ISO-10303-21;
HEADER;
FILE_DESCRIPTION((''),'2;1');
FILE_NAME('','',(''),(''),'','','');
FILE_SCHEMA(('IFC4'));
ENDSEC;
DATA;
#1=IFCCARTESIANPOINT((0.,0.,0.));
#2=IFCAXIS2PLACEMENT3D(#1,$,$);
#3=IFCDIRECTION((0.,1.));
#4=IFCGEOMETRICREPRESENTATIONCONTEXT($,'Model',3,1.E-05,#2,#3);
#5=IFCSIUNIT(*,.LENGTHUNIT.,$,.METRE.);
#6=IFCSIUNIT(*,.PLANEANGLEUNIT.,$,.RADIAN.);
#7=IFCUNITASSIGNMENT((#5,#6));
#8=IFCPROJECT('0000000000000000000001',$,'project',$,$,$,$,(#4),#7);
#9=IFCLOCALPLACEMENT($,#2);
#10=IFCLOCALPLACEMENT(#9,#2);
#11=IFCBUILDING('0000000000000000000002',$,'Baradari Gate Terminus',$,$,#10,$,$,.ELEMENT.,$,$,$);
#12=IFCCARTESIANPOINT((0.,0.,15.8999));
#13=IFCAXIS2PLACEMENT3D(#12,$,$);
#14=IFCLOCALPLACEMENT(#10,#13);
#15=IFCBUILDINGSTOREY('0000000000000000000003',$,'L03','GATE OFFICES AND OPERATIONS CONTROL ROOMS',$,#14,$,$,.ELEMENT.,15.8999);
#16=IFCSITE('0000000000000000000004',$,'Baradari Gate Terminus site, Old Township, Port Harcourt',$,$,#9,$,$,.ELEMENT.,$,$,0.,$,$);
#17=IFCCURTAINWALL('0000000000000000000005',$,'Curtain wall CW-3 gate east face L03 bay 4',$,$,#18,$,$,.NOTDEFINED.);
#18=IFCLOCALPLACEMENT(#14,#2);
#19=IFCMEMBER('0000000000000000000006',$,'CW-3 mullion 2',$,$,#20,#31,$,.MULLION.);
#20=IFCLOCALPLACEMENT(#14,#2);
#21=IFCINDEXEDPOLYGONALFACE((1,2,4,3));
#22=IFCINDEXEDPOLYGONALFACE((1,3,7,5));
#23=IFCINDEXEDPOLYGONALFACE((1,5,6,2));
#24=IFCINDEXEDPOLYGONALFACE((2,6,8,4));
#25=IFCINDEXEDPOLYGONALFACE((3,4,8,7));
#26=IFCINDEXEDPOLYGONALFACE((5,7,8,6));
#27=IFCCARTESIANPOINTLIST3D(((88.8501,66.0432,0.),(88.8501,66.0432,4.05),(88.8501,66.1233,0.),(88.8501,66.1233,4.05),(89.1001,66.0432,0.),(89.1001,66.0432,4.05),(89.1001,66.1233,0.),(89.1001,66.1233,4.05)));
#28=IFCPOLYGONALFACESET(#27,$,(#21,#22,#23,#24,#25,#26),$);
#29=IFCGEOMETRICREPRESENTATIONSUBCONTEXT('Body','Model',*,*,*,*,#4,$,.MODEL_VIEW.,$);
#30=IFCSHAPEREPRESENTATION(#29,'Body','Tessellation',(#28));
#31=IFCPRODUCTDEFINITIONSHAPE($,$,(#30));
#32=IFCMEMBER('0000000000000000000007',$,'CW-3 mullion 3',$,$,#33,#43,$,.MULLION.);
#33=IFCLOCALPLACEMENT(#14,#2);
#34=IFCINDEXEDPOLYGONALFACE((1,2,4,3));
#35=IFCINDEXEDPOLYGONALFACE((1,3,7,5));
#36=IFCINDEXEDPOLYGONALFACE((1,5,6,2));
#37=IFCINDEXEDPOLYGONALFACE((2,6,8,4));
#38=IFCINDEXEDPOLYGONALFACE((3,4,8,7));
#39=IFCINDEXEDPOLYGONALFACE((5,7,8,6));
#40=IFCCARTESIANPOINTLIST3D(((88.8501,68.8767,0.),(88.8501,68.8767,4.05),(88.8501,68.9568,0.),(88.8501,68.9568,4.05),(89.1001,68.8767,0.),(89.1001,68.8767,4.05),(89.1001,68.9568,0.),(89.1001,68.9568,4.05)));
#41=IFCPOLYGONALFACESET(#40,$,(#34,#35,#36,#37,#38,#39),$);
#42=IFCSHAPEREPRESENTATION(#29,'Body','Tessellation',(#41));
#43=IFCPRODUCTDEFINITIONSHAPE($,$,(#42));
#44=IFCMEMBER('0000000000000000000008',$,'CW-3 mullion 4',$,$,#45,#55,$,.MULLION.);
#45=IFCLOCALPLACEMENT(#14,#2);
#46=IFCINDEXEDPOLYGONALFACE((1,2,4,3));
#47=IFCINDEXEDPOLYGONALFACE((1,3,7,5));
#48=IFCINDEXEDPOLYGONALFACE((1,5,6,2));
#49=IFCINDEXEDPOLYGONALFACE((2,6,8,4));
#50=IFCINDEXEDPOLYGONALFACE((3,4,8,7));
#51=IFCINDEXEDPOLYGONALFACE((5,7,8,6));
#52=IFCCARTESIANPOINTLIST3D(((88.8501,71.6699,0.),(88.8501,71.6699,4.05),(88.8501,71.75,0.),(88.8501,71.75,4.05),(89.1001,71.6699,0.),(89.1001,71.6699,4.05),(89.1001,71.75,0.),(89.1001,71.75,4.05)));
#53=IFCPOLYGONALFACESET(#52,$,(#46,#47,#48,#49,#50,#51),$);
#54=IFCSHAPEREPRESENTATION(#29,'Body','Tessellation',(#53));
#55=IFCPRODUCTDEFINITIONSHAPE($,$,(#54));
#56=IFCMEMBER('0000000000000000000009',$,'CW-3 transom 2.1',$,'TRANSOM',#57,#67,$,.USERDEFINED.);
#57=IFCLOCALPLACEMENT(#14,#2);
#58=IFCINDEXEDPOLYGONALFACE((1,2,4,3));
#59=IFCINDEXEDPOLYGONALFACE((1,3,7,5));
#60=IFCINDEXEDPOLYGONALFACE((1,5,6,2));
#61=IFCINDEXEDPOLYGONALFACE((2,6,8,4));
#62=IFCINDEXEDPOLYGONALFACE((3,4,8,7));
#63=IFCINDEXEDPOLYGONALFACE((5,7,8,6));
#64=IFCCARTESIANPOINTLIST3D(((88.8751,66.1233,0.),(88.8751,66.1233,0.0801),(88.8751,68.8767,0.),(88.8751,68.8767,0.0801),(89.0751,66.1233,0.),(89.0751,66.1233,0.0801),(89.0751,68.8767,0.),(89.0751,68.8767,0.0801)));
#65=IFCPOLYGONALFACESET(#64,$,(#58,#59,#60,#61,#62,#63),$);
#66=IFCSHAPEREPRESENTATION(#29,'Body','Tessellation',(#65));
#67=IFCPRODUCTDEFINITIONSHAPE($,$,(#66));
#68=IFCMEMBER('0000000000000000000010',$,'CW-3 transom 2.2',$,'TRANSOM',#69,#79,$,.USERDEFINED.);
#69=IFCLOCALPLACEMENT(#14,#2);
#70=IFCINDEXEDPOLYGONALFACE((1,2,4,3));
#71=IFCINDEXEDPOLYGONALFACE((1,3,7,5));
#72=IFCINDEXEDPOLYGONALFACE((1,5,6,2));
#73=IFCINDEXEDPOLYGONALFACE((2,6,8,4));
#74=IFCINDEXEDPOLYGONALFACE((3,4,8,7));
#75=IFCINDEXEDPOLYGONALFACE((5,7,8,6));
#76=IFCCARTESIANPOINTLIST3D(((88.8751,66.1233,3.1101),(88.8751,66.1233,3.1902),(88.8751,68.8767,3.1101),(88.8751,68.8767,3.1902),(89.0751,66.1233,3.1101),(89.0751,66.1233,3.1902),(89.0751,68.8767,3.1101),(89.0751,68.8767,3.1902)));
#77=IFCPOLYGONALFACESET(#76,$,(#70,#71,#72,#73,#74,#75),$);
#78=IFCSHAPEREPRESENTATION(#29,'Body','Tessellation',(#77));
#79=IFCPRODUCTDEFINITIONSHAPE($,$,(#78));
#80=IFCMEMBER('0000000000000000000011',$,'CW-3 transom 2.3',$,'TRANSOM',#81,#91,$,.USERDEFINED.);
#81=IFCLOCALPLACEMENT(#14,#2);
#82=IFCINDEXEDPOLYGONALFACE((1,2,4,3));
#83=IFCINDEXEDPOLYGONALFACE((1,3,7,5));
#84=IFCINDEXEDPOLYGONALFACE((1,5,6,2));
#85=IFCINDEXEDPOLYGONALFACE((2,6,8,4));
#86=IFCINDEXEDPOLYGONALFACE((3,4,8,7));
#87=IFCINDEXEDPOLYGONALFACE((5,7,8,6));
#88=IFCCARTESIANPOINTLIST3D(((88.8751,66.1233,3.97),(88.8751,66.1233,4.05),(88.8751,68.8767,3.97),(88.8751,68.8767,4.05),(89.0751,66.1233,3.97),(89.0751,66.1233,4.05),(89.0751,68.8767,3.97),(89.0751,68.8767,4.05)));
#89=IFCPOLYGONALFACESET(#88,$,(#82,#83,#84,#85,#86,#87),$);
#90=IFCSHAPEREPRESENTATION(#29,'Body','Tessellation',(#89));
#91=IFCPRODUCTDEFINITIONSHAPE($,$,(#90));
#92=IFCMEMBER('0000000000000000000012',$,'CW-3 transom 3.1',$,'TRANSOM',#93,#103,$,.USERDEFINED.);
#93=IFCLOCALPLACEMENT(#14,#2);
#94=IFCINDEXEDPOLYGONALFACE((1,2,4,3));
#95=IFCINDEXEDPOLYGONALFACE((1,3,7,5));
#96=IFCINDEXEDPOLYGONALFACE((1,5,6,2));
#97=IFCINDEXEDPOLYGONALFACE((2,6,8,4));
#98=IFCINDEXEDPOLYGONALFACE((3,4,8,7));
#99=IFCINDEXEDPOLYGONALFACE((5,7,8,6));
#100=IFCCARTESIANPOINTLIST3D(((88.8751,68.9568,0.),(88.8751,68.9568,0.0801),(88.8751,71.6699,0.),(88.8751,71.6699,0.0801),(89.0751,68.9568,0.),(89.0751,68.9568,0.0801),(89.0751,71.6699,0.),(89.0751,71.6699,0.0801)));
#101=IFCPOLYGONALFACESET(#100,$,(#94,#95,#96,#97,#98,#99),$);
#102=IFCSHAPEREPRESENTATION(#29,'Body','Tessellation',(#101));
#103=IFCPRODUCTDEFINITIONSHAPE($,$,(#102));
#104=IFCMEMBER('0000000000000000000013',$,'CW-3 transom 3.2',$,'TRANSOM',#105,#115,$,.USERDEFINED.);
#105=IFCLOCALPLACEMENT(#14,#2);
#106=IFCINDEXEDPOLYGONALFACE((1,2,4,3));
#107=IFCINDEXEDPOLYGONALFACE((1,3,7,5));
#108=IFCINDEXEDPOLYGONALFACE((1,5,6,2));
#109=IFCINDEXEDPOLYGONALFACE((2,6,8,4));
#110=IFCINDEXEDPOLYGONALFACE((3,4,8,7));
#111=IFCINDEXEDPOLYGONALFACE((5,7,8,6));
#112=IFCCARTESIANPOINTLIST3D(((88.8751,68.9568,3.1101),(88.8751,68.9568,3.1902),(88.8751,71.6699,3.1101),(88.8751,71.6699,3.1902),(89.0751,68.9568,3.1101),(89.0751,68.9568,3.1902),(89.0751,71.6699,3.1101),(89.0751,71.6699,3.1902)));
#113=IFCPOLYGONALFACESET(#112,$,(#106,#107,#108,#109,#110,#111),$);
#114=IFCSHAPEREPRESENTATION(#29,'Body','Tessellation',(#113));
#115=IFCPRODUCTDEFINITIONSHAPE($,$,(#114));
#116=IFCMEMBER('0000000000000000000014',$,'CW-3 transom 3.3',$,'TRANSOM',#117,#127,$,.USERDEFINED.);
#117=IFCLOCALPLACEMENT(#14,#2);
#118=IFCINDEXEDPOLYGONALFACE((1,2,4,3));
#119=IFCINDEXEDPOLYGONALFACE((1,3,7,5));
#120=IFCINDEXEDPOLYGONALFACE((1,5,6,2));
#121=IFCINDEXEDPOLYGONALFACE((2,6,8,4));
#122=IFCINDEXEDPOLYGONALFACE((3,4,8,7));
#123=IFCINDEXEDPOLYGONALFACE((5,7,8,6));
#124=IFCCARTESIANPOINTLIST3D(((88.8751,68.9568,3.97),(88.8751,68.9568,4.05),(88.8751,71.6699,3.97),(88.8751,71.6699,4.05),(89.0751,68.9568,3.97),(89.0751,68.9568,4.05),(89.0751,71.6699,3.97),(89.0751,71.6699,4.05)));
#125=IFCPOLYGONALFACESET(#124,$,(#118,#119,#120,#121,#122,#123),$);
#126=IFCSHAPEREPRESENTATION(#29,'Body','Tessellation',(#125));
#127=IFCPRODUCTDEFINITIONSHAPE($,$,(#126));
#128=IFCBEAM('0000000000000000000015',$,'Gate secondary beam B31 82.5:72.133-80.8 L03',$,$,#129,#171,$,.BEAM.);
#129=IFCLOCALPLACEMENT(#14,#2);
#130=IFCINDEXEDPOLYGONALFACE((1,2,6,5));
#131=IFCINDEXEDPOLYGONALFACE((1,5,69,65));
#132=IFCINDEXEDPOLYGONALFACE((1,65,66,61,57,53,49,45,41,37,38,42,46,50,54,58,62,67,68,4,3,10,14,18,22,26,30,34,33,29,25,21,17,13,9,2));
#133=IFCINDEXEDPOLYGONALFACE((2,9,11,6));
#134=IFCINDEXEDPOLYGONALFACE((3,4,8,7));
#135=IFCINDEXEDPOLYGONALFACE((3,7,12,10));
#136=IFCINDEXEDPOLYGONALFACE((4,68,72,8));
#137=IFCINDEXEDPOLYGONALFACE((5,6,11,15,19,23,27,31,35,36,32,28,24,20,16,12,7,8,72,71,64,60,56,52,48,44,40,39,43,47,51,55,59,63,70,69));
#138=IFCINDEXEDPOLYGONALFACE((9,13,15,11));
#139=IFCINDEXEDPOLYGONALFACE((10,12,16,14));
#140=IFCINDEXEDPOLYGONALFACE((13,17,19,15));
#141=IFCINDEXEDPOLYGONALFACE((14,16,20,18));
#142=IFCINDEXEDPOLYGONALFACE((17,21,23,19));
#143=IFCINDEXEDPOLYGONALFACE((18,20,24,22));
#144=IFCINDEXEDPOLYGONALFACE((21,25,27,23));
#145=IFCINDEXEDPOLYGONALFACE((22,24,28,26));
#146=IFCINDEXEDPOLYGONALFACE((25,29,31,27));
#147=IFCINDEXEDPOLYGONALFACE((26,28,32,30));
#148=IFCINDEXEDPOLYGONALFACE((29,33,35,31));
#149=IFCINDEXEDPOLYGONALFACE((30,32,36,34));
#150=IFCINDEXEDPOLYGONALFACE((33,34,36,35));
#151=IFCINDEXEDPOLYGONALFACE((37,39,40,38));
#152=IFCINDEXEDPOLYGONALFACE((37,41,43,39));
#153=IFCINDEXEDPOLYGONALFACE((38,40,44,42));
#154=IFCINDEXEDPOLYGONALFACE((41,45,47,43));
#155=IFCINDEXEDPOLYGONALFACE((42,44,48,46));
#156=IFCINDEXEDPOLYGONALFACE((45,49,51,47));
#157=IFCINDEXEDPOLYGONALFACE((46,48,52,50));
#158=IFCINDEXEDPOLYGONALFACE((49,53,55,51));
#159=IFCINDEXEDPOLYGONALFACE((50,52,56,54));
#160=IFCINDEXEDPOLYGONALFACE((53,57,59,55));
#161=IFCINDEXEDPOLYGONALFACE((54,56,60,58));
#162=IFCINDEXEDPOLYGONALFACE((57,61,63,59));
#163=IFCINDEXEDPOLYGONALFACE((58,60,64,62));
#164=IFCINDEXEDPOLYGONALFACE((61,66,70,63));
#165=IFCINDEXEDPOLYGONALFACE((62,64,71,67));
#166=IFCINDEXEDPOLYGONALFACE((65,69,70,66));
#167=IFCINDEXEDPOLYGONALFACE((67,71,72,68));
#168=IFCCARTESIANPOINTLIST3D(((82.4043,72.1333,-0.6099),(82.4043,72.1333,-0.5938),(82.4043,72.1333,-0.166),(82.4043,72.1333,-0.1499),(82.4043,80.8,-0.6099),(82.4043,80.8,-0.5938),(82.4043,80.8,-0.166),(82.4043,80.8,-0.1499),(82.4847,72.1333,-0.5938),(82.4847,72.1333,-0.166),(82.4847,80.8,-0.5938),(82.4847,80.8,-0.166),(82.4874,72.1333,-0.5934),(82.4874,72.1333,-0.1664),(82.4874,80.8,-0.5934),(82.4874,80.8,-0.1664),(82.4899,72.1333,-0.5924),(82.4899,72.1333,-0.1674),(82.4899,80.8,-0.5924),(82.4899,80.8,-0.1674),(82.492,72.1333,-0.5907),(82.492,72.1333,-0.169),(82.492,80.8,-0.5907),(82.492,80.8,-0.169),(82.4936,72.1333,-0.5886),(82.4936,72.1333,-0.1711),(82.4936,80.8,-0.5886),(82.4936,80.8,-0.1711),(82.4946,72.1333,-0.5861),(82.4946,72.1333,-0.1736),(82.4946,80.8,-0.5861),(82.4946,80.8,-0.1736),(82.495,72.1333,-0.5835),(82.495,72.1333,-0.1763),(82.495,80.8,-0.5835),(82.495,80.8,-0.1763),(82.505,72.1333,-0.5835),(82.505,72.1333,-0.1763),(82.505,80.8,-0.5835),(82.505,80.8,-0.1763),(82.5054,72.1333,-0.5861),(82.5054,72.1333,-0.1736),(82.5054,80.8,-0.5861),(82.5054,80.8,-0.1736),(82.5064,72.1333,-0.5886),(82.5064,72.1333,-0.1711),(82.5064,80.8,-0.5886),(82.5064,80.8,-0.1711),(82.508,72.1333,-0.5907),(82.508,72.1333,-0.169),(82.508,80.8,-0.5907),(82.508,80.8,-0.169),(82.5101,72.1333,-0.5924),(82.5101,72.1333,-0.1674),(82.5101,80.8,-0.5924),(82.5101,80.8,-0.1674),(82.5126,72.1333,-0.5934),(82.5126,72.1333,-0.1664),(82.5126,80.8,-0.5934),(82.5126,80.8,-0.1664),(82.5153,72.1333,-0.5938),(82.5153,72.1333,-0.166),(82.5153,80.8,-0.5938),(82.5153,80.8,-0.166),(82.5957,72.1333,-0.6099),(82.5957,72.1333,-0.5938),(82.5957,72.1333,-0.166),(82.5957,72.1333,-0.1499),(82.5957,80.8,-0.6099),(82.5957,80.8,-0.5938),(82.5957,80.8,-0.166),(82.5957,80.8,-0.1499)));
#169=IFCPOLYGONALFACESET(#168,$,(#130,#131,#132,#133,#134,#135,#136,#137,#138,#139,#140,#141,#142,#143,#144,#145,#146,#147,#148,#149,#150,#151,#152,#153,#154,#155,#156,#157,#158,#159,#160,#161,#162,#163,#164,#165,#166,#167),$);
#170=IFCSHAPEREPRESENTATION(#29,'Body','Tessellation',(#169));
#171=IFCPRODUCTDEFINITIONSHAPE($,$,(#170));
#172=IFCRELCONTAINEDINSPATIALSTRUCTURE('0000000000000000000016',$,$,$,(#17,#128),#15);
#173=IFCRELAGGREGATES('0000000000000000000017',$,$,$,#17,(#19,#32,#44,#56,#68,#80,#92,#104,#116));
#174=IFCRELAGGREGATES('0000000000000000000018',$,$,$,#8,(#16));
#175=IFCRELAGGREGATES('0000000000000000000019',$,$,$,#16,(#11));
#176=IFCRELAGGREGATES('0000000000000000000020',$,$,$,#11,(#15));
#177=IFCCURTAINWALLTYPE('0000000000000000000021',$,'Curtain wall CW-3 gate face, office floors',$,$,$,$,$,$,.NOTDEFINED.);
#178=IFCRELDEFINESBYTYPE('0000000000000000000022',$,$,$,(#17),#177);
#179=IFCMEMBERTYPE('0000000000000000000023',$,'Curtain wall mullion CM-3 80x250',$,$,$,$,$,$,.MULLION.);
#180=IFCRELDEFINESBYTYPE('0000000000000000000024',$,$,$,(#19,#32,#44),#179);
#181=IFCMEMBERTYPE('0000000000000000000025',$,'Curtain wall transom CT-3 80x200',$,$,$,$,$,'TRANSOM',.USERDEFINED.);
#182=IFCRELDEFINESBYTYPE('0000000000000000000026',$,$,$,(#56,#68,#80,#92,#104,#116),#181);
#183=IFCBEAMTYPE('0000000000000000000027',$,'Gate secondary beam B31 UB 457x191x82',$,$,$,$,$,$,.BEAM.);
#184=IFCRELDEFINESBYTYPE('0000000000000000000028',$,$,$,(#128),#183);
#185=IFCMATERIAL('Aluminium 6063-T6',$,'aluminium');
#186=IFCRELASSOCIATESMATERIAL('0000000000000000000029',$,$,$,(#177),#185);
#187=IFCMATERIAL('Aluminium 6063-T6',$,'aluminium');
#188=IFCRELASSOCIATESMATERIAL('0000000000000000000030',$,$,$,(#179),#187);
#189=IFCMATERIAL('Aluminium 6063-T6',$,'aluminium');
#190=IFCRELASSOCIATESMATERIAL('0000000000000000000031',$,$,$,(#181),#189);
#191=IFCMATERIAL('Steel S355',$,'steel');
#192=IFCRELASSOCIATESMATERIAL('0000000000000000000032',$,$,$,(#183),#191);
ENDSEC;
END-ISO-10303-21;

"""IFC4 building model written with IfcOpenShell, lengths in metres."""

from ifc_helpers import new_model, si_unit, direction, frame, origin, origin_2d, place, context, subcontext, project, spatial, rectangle, i_section, extrude, material, material_profile, profile_set, type_object, element, aggregate, save


model = new_model("IFC4")

# Units and contexts
model_context = context("Model", 3, precision=1e-05, world=origin(), true_north=direction((0.0, 1.0)))
body_context = subcontext(model_context, "Body", "Model", "MODEL_VIEW")
ifc_project = project(units=[si_unit("LENGTHUNIT", "METRE"), si_unit("PLANEANGLEUNIT", "RADIAN")], contexts=[model_context])

# Site, building, storey
site_placement = place(None, origin())
site = spatial("IfcSite", under=ifc_project, at=site_placement, Name="Baradari Gate Terminus site, Old Township, Port Harcourt", CompositionType="ELEMENT", RefElevation=0.0)
building_placement = place(site_placement, origin())
building = spatial("IfcBuilding", under=site, at=building_placement, Name="Baradari Gate Terminus", CompositionType="ELEMENT")
storey_placement = place(building_placement, frame((0.0, 0.0, 15.8999)))
storey = spatial("IfcBuildingStorey", under=building, at=storey_placement, Name="L03", Description="GATE OFFICES AND OPERATIONS CONTROL ROOMS", CompositionType="ELEMENT", Elevation=15.8999)

# Curtain wall, members
ifc_material_1 = material(Name="Aluminium 6063-T6", Category="aluminium")
curtain_wall_type = type_object("IfcCurtainWallType", Name="Curtain wall CW-3 gate face, office floors", PredefinedType="NOTDEFINED", material=ifc_material_1)
curtain_wall_placement = place(storey_placement, origin())
curtain_wall = element("IfcCurtainWall", 1, at=curtain_wall_placement, inside=storey, type_object=curtain_wall_type, Name="Curtain wall CW-3 gate east face L03 bay 4", PredefinedType="NOTDEFINED")
ifc_material_2 = material(Name="Aluminium 6063-T6", Category="aluminium")
ifc_material_profile_1 = material_profile(ifc_material_2, rectangle(XDim=0.25, YDim=0.0801, at=origin_2d()), Name="CM-3 80X250")
ifc_profile_set_1 = profile_set([ifc_material_profile_1], Name="Aluminium 6063-T6")
member_type_1 = type_object("IfcMemberType", Name="Curtain wall mullion CM-3 80x250", PredefinedType="MULLION", material=ifc_profile_set_1)
member_1_placement = place(storey_placement, frame((88.9751, 66.0833, 0.0), z_axis=(0.0, 0.0, 1.0), x_axis=(-1.0, 0.0, 0.0)))
member_1 = element("IfcMember", 2, at=member_1_placement, type_object=member_type_1, Name="CW-3 mullion 2", PredefinedType="MULLION", context=body_context, shape_type="SweptSolid", body=[
    extrude(rectangle(XDim=0.25, YDim=0.0801, at=origin_2d()), origin(), (0.0, 0.0, 1.0), 4.05),
])
member_2_placement = place(storey_placement, frame((88.9751, 68.9167, 0.0), z_axis=(0.0, 0.0, 1.0), x_axis=(-1.0, 0.0, 0.0)))
member_2 = element("IfcMember", 3, at=member_2_placement, type_object=member_type_1, Name="CW-3 mullion 3", PredefinedType="MULLION", context=body_context, shape_type="SweptSolid", body=[
    extrude(rectangle(XDim=0.25, YDim=0.0801, at=origin_2d()), origin(), (0.0, 0.0, 1.0), 4.05),
])
member_3_placement = place(storey_placement, frame((88.9751, 71.71, 0.0), z_axis=(0.0, 0.0, 1.0), x_axis=(-1.0, 0.0, 0.0)))
member_3 = element("IfcMember", 4, at=member_3_placement, type_object=member_type_1, Name="CW-3 mullion 4", PredefinedType="MULLION", context=body_context, shape_type="SweptSolid", body=[
    extrude(rectangle(XDim=0.25, YDim=0.0801, at=origin_2d()), origin(), (0.0, 0.0, 1.0), 4.05),
])
ifc_material_3 = material(Name="Aluminium 6063-T6", Category="aluminium")
ifc_material_profile_2 = material_profile(ifc_material_3, rectangle(XDim=0.2, YDim=0.0801, at=origin_2d()), Name="CT-3 80X200")
ifc_profile_set_2 = profile_set([ifc_material_profile_2], Name="Aluminium 6063-T6")
member_type_2 = type_object("IfcMemberType", Name="Curtain wall transom CT-3 80x200", ElementType="TRANSOM", PredefinedType="USERDEFINED", material=ifc_profile_set_2)
member_4_placement = place(storey_placement, frame((88.9751, 66.1233, 0.04), z_axis=(0.0, 1.0, 0.0), x_axis=(-1.0, 0.0, 0.0)))
member_4 = element("IfcMember", 5, at=member_4_placement, type_object=member_type_2, Name="CW-3 transom 2.1", ObjectType="TRANSOM", PredefinedType="USERDEFINED", context=body_context, shape_type="SweptSolid", body=[
    extrude(rectangle(XDim=0.2, YDim=0.0801, at=origin_2d()), origin(), (0.0, 0.0, 1.0), 2.7534),
])
member_5_placement = place(storey_placement, frame((88.9751, 66.1233, 3.1501), z_axis=(0.0, 1.0, 0.0), x_axis=(-1.0, 0.0, 0.0)))
member_5 = element("IfcMember", 6, at=member_5_placement, type_object=member_type_2, Name="CW-3 transom 2.2", ObjectType="TRANSOM", PredefinedType="USERDEFINED", context=body_context, shape_type="SweptSolid", body=[
    extrude(rectangle(XDim=0.2, YDim=0.0801, at=origin_2d()), origin(), (0.0, 0.0, 1.0), 2.7534),
])
member_6_placement = place(storey_placement, frame((88.9751, 66.1233, 4.01), z_axis=(0.0, 1.0, 0.0), x_axis=(-1.0, 0.0, 0.0)))
member_6 = element("IfcMember", 7, at=member_6_placement, type_object=member_type_2, Name="CW-3 transom 2.3", ObjectType="TRANSOM", PredefinedType="USERDEFINED", context=body_context, shape_type="SweptSolid", body=[
    extrude(rectangle(XDim=0.2, YDim=0.0801, at=origin_2d()), origin(), (0.0, 0.0, 1.0), 2.7534),
])
member_7_placement = place(storey_placement, frame((88.9751, 68.9568, 0.04), z_axis=(0.0, 1.0, 0.0), x_axis=(-1.0, 0.0, 0.0)))
member_7 = element("IfcMember", 8, at=member_7_placement, type_object=member_type_2, Name="CW-3 transom 3.1", ObjectType="TRANSOM", PredefinedType="USERDEFINED", context=body_context, shape_type="SweptSolid", body=[
    extrude(rectangle(XDim=0.2, YDim=0.0801, at=origin_2d()), origin(), (0.0, 0.0, 1.0), 2.7131),
])
member_8_placement = place(storey_placement, frame((88.9751, 68.9568, 3.1501), z_axis=(0.0, 1.0, 0.0), x_axis=(-1.0, 0.0, 0.0)))
member_8 = element("IfcMember", 9, at=member_8_placement, type_object=member_type_2, Name="CW-3 transom 3.2", ObjectType="TRANSOM", PredefinedType="USERDEFINED", context=body_context, shape_type="SweptSolid", body=[
    extrude(rectangle(XDim=0.2, YDim=0.0801, at=origin_2d()), origin(), (0.0, 0.0, 1.0), 2.7131),
])
member_9_placement = place(storey_placement, frame((88.9751, 68.9568, 4.01), z_axis=(0.0, 1.0, 0.0), x_axis=(-1.0, 0.0, 0.0)))
member_9 = element("IfcMember", 10, at=member_9_placement, type_object=member_type_2, Name="CW-3 transom 3.3", ObjectType="TRANSOM", PredefinedType="USERDEFINED", context=body_context, shape_type="SweptSolid", body=[
    extrude(rectangle(XDim=0.2, YDim=0.0801, at=origin_2d()), origin(), (0.0, 0.0, 1.0), 2.7131),
])

# Beam
ifc_material_4 = material(Name="Steel S355", Category="steel")
ifc_material_profile_3 = material_profile(ifc_material_4, i_section(OverallWidth=0.1914, OverallDepth=0.46, WebThickness=0.01, FlangeThickness=0.0161, FilletRadius=0.0103, at=origin_2d()), Name="UB 457x191x82")
ifc_profile_set_3 = profile_set([ifc_material_profile_3], Name="Steel S355")
beam_type = type_object("IfcBeamType", Name="Gate secondary beam B31 UB 457x191x82", PredefinedType="BEAM", material=ifc_profile_set_3)
for number, where, z_axis, x_axis, name in (
    (11, (82.5, 72.1333, -0.3799), (0.0, 1.0, 0.0), (-1.0, 0.0, 0.0), "Gate secondary beam B31 82.5:72.133-80.8 L03"),
):
    element("IfcBeam", number, at=place(storey_placement, frame(where, z_axis=z_axis, x_axis=x_axis)), inside=storey, type_object=beam_type, Name=name, PredefinedType="BEAM", context=body_context, shape_type="SweptSolid", body=[
        extrude(i_section(OverallWidth=0.1914, OverallDepth=0.46, WebThickness=0.01, FlangeThickness=0.0161, FilletRadius=0.0103, at=origin_2d()), origin(), (0.0, 0.0, 1.0), 8.6667),
    ])

aggregate(curtain_wall, [member_1, member_2, member_3, member_4, member_5, member_6, member_7, member_8, member_9])

save(model, "model.ifc")
